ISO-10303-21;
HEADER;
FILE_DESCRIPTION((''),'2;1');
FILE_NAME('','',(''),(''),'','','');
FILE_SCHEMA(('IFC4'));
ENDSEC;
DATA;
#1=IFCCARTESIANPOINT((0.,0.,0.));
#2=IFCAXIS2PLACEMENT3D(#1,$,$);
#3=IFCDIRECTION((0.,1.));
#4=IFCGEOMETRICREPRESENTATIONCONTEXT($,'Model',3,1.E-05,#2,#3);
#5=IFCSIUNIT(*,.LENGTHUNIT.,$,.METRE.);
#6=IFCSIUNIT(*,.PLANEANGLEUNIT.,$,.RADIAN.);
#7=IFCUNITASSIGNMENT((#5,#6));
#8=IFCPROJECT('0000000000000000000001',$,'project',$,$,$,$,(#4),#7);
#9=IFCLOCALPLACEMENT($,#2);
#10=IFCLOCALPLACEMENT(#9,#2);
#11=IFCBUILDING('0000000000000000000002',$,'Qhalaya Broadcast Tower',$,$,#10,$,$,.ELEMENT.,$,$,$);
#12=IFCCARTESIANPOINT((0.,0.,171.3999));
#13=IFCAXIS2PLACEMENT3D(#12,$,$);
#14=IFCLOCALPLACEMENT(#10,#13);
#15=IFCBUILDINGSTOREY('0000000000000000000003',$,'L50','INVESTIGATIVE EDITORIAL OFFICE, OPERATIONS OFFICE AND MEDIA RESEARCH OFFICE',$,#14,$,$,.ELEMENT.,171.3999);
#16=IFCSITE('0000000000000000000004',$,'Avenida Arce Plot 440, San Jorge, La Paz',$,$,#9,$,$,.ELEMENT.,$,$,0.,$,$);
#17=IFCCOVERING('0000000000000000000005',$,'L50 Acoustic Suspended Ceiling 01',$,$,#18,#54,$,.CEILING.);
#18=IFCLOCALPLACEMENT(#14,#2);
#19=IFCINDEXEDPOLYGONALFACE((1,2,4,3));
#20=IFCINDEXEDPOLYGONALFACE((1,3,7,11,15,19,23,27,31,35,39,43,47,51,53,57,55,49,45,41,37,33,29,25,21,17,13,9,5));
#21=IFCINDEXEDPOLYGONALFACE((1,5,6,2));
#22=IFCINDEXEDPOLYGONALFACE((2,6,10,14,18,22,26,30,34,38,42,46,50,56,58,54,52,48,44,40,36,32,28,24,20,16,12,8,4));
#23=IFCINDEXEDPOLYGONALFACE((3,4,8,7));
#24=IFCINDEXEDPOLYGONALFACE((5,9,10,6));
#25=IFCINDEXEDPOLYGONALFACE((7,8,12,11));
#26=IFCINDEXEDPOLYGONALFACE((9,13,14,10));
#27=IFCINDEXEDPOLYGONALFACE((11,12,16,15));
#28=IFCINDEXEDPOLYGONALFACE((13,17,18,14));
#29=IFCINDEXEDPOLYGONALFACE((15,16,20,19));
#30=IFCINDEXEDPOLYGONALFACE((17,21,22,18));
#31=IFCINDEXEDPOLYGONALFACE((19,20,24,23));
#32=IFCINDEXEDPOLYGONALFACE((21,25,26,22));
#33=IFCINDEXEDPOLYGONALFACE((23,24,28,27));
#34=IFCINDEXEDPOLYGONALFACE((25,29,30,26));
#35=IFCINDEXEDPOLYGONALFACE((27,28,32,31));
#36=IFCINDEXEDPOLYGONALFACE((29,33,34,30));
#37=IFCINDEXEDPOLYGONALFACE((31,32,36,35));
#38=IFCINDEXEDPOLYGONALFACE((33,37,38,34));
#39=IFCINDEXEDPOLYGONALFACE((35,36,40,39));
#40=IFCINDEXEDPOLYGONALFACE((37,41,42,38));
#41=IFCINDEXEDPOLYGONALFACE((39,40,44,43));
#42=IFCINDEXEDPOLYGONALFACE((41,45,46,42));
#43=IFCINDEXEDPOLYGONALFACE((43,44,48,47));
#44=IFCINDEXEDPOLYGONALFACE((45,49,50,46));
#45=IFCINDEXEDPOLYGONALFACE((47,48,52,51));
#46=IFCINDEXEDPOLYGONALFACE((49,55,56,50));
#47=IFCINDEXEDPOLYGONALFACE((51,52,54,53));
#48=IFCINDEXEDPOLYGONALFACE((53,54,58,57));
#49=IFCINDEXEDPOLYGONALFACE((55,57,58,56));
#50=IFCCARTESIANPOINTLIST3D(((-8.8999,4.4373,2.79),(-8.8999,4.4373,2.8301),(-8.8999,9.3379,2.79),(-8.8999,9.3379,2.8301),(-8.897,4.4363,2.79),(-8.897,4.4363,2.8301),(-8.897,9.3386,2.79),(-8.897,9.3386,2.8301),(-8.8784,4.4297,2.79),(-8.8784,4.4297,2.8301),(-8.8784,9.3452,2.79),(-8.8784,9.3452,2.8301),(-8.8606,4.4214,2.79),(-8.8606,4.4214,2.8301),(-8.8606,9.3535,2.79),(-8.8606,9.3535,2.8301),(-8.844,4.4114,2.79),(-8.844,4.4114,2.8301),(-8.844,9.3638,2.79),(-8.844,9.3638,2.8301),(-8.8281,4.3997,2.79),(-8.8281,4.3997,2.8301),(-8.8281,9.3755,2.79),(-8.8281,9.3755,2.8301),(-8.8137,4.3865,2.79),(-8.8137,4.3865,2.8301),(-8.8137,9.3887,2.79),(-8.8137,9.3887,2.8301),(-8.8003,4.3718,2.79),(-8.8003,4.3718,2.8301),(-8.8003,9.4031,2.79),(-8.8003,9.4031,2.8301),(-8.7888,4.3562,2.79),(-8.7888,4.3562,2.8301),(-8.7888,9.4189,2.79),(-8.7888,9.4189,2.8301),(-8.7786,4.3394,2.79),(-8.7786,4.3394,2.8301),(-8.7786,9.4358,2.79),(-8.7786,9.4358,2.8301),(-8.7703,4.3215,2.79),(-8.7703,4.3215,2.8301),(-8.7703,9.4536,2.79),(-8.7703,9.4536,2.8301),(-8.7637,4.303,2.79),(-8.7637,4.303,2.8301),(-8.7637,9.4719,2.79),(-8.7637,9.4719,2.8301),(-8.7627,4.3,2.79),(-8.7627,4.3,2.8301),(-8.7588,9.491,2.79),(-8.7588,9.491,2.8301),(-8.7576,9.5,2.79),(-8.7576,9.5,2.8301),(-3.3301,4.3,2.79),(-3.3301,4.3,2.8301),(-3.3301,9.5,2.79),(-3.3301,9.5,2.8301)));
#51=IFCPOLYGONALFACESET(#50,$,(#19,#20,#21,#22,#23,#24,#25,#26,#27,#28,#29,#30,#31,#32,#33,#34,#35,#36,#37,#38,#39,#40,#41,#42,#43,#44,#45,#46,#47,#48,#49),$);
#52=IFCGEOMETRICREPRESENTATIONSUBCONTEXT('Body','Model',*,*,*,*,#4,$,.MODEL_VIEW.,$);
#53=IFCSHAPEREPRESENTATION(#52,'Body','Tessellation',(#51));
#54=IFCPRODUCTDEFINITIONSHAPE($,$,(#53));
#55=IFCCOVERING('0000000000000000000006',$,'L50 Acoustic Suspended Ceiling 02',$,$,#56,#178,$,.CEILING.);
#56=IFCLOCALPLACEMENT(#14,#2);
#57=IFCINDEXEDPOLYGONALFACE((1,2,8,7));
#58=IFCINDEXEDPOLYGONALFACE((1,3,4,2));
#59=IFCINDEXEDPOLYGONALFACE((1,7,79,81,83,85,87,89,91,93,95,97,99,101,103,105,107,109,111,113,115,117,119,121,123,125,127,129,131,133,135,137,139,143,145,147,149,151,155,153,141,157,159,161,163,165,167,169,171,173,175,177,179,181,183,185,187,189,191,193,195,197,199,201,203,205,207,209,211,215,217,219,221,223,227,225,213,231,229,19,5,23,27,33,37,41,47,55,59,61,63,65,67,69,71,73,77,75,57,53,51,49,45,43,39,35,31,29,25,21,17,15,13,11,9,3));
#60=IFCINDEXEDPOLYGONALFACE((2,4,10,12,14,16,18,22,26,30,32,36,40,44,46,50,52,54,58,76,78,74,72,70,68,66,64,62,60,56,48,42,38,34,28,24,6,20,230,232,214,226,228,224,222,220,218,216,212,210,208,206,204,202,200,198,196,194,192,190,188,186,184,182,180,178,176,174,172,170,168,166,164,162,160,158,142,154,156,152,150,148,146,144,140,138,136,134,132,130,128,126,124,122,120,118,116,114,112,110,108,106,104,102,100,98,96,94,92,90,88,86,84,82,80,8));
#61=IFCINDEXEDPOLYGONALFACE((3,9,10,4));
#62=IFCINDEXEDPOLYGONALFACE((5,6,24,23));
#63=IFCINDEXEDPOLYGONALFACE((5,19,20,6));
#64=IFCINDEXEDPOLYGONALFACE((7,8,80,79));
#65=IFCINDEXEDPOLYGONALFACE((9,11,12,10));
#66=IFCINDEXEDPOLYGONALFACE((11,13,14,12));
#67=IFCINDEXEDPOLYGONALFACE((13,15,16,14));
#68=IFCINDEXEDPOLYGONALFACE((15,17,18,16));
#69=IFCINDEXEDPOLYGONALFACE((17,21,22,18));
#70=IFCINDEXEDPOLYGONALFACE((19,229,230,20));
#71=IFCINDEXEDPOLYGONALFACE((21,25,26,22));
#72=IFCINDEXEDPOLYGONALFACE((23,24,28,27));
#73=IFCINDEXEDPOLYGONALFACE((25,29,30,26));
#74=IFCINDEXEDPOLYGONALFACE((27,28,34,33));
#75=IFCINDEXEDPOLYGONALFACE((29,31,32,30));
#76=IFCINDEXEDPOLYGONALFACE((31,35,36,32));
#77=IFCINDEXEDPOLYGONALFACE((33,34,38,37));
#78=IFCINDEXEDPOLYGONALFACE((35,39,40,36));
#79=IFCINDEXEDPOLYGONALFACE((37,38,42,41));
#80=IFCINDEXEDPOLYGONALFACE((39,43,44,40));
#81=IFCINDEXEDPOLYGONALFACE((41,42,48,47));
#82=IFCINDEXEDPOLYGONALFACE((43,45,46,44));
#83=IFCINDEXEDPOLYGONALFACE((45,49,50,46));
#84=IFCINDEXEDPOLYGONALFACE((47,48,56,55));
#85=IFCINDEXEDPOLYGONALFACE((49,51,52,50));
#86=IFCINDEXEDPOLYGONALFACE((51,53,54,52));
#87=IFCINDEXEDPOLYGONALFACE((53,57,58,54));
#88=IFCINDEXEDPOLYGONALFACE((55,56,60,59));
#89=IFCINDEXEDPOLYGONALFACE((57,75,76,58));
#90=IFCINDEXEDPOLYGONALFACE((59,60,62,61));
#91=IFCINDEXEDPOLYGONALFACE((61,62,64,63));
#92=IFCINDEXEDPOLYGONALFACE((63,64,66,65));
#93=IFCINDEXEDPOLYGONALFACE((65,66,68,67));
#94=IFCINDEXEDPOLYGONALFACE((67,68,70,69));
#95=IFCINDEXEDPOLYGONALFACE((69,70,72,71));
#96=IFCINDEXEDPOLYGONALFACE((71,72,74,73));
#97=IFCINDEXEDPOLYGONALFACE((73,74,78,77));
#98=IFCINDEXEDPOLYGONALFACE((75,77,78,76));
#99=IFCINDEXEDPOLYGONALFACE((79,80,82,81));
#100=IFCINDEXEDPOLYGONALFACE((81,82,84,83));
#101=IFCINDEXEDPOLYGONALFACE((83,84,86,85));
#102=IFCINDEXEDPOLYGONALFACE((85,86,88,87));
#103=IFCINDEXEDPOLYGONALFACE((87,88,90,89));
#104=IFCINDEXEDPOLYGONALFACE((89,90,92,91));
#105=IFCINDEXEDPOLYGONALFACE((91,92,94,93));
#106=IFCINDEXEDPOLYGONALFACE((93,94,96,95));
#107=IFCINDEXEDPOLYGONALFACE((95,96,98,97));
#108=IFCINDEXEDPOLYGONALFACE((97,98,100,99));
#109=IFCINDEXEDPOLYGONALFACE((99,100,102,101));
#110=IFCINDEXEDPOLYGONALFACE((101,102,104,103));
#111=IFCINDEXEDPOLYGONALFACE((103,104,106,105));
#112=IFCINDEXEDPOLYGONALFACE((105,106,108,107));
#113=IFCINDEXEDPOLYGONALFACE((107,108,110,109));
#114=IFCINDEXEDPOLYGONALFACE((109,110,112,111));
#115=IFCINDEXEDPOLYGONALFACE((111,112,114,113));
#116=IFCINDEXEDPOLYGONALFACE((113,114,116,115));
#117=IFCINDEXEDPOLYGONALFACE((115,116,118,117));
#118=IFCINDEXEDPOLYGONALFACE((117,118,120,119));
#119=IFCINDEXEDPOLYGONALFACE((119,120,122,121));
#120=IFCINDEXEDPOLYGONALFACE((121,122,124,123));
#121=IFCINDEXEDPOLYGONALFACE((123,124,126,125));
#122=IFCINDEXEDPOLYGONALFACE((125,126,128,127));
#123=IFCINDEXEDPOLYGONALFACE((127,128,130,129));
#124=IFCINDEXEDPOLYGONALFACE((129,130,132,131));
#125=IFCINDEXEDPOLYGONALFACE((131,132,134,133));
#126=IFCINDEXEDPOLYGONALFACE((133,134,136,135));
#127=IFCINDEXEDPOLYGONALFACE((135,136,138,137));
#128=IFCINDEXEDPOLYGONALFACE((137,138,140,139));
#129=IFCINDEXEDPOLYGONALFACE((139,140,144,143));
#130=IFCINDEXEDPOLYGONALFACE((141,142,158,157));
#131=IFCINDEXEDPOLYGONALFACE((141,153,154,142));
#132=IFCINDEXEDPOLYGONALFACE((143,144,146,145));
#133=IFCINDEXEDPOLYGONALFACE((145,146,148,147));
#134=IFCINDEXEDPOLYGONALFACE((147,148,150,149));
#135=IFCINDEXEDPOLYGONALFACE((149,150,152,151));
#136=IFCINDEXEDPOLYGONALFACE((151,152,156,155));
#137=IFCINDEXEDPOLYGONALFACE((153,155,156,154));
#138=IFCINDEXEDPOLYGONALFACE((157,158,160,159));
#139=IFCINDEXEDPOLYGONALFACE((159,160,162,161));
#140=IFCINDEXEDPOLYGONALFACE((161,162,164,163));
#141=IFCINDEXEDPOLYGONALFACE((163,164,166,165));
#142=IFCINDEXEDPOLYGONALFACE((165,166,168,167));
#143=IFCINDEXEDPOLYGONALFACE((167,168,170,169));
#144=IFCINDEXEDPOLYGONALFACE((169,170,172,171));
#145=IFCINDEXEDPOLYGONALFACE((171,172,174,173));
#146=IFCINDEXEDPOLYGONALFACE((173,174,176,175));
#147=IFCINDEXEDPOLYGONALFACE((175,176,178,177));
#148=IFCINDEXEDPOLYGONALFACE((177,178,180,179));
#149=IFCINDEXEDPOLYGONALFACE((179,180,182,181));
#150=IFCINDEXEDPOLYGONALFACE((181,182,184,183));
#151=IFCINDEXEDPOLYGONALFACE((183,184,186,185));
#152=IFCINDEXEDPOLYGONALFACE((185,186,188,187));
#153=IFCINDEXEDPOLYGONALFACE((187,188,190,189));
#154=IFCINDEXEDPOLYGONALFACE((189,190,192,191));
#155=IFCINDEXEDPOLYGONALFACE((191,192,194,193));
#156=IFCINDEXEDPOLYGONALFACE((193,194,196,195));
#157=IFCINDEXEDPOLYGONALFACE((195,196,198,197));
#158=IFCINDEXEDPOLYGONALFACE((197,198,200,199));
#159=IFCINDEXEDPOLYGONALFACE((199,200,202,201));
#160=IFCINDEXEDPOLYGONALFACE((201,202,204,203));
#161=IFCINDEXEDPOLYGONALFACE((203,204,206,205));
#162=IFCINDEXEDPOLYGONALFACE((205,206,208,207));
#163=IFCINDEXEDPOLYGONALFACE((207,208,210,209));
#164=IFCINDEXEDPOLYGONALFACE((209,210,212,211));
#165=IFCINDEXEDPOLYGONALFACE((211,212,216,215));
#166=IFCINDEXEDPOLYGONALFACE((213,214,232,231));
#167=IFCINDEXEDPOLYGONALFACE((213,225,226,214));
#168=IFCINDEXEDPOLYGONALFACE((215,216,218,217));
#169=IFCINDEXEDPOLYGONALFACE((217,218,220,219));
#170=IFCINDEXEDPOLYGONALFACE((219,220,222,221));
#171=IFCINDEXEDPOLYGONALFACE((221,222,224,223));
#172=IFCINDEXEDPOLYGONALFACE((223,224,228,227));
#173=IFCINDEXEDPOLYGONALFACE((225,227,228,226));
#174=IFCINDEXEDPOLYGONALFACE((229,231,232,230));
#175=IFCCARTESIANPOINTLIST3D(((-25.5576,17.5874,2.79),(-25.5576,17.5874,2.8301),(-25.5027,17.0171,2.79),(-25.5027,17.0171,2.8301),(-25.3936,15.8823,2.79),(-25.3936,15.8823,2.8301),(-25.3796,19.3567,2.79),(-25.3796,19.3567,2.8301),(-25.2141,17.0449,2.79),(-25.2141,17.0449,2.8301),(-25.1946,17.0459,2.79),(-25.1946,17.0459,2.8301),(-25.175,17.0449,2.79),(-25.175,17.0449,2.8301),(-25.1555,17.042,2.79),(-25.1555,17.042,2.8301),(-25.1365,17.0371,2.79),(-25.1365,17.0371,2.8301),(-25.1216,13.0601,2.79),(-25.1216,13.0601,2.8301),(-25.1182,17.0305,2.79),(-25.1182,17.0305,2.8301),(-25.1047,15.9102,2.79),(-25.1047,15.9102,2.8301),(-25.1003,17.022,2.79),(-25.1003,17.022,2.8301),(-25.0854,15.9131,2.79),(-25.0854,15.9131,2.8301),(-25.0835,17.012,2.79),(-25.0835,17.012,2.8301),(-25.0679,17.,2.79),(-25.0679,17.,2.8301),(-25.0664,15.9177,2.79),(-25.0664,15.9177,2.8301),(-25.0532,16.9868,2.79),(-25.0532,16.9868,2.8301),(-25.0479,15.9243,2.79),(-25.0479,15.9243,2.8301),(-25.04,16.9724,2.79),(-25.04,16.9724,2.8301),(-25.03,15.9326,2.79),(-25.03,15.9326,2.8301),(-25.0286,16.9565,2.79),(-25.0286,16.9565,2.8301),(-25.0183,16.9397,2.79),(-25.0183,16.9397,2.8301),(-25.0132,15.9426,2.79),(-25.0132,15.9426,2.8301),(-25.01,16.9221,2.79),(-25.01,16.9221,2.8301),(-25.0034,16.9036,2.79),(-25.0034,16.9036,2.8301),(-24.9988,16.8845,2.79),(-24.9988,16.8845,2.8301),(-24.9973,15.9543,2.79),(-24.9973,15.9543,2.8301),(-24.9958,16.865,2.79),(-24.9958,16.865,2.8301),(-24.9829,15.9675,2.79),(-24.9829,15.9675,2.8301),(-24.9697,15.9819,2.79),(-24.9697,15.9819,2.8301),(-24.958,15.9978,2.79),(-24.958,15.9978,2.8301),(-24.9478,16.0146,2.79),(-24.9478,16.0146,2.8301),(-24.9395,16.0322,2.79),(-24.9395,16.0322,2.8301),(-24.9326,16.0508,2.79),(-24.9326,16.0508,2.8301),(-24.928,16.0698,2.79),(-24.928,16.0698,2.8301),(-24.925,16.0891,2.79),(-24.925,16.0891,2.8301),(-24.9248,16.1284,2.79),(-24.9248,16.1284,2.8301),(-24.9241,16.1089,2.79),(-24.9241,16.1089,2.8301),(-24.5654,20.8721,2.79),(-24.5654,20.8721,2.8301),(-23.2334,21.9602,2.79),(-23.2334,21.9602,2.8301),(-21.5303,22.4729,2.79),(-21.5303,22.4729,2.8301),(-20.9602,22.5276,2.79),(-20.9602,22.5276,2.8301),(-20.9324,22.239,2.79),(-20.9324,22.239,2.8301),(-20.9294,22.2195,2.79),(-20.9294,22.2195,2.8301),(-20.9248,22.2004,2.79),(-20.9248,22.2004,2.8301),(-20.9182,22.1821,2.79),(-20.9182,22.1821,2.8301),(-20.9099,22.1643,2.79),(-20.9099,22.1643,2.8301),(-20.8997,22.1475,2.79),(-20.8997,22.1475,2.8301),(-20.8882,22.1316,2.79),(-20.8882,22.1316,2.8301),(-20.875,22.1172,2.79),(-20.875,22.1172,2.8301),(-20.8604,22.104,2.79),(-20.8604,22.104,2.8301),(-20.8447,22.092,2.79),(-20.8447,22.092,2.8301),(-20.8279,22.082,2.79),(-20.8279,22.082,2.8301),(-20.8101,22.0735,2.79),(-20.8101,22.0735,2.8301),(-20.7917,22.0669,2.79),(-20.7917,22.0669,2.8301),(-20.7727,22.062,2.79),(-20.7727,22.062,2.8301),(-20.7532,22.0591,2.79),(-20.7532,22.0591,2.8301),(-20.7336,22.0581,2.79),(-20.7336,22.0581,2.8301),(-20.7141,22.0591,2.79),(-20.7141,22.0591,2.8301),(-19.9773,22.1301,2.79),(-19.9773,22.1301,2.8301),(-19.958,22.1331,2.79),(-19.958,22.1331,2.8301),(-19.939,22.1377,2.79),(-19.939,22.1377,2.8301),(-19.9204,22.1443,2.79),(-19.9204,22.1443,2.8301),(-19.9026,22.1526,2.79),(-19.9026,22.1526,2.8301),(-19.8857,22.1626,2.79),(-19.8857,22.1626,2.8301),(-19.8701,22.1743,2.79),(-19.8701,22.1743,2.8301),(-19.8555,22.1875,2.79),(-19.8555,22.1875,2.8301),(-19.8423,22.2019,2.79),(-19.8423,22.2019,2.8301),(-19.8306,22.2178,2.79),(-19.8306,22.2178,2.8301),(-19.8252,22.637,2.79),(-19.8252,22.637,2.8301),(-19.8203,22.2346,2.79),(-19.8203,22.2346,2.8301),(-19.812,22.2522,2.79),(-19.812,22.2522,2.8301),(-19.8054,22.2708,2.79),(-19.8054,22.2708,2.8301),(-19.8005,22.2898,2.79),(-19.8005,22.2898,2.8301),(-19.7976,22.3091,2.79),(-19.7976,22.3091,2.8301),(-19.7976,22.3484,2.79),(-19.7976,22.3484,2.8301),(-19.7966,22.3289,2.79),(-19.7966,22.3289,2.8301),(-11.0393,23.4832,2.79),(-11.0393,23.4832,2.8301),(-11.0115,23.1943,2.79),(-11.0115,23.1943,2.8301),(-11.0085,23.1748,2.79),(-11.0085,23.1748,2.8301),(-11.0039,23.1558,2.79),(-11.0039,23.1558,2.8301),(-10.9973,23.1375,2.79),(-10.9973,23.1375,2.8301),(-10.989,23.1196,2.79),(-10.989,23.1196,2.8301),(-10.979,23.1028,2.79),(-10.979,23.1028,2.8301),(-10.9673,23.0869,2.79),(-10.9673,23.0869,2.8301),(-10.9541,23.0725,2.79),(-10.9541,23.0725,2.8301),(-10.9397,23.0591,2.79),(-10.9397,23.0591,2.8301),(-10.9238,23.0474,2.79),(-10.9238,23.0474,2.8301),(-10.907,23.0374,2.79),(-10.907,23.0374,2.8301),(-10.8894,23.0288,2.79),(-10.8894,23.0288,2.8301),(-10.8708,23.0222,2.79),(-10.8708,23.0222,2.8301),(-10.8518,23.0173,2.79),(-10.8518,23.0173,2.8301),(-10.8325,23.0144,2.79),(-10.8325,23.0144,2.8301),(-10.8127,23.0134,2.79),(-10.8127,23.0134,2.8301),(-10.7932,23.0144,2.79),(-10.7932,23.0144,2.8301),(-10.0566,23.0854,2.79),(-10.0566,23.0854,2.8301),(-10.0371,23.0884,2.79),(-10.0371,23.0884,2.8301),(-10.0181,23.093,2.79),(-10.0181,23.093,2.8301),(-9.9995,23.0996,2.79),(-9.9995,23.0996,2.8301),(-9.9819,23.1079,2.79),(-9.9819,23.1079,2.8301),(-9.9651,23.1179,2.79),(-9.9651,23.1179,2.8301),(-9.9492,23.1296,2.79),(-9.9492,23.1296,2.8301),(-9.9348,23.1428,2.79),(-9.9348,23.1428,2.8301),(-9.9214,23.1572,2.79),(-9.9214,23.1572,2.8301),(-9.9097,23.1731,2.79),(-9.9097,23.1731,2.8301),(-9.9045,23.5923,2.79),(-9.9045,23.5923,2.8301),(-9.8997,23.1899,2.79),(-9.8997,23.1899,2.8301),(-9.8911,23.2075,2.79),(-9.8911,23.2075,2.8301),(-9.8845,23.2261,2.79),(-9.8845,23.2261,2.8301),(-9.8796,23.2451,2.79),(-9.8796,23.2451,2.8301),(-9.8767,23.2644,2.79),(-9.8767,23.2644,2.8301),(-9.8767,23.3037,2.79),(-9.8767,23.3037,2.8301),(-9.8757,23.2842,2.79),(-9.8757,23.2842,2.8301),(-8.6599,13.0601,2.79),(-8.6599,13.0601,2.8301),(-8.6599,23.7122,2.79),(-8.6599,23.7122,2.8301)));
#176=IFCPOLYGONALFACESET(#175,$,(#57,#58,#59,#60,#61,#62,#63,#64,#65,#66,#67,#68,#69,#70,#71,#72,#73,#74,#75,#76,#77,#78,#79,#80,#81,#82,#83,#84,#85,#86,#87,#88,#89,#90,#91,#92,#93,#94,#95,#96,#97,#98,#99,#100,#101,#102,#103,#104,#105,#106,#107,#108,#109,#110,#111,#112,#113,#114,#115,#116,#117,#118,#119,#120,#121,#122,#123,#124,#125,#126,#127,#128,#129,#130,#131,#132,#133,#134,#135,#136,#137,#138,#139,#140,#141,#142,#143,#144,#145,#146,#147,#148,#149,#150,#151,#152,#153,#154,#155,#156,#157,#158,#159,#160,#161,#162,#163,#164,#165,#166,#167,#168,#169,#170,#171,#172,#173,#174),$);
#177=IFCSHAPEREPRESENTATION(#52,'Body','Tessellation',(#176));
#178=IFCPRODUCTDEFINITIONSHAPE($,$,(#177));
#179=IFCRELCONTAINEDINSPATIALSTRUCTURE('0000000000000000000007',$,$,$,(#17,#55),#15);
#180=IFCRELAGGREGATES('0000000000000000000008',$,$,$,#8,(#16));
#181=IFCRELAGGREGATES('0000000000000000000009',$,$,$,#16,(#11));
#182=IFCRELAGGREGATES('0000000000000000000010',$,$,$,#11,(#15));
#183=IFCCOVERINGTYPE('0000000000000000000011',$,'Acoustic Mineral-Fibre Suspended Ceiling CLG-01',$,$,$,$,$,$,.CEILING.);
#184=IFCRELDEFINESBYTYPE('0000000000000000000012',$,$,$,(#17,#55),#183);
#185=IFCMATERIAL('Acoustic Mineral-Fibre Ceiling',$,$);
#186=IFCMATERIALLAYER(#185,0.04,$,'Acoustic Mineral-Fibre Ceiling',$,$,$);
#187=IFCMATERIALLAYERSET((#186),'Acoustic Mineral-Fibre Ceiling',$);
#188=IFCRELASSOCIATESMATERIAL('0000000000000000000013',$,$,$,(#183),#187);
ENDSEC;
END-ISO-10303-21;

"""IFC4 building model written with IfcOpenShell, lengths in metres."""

from ifc_helpers import new_model, si_unit, direction, frame, origin, place, context, subcontext, project, spatial, polyline, outline, extrude, material, layer, layer_set, type_object, element, save


model = new_model("IFC4")

# Units and contexts
model_context = context("Model", 3, precision=1e-05, world=origin(), true_north=direction((0.0, 1.0)))
body_context = subcontext(model_context, "Body", "Model", "MODEL_VIEW")
ifc_project = project(units=[si_unit("LENGTHUNIT", "METRE"), si_unit("PLANEANGLEUNIT", "RADIAN")], contexts=[model_context])

# Site, building, storey
site_placement = place(None, origin())
site = spatial("IfcSite", under=ifc_project, at=site_placement, Name="Avenida Arce Plot 440, San Jorge, La Paz", CompositionType="ELEMENT", RefElevation=0.0)
building_placement = place(site_placement, origin())
building = spatial("IfcBuilding", under=site, at=building_placement, Name="Qhalaya Broadcast Tower", CompositionType="ELEMENT")
storey_placement = place(building_placement, frame((0.0, 0.0, 171.3999)))
storey = spatial("IfcBuildingStorey", under=building, at=storey_placement, Name="L50", Description="INVESTIGATIVE EDITORIAL OFFICE, OPERATIONS OFFICE AND MEDIA RESEARCH OFFICE", CompositionType="ELEMENT", Elevation=171.3999)

# Coverings
ifc_material_1 = material(Name="Acoustic Mineral-Fibre Ceiling")
ifc_layer_1 = layer(ifc_material_1, 0.04, Name="Acoustic Mineral-Fibre Ceiling")
ifc_layer_set_1 = layer_set([ifc_layer_1], Name="Acoustic Mineral-Fibre Ceiling")
covering_type = type_object("IfcCoveringType", Name="Acoustic Mineral-Fibre Suspended Ceiling CLG-01", PredefinedType="CEILING", material=ifc_layer_set_1)
covering_1_placement = place(storey_placement, frame((0.0, 0.0, 2.79)))
element("IfcCovering", 1, at=covering_1_placement, inside=storey, type_object=covering_type, Name="L50 Acoustic Suspended Ceiling 01", PredefinedType="CEILING", context=body_context, shape_type="SweptSolid", body=[
    extrude(outline(polyline([(-8.897, 9.3386), (-8.8999, 9.3379), (-8.8999, 4.4373), (-8.897, 4.4363), (-8.8784, 4.4297), (-8.8606, 4.4214), (-8.844, 4.4114), (-8.8281, 4.3997), (-8.8137, 4.3865), (-8.8003, 4.3718), (-8.7888, 4.3562), (-8.7786, 4.3394), (-8.7703, 4.3215), (-8.7637, 4.303), (-8.7627, 4.3), (-3.3301, 4.3), (-3.3301, 9.5), (-8.7576, 9.5), (-8.7588, 9.491), (-8.7637, 9.4719), (-8.7703, 9.4536), (-8.7786, 9.4358), (-8.7888, 9.4189), (-8.8003, 9.4031), (-8.8137, 9.3887), (-8.8281, 9.3755), (-8.844, 9.3638), (-8.8606, 9.3535), (-8.8784, 9.3452), (-8.897, 9.3386)])), origin(), (0.0, 0.0, 1.0), 0.04),
])
covering_2_placement = place(storey_placement, frame((0.0, 0.0, 2.79)))
element("IfcCovering", 2, at=covering_2_placement, inside=storey, type_object=covering_type, Name="L50 Acoustic Suspended Ceiling 02", PredefinedType="CEILING", context=body_context, shape_type="SweptSolid", body=[
    extrude(outline(polyline([(-25.3936, 15.8823), (-25.1216, 13.0601), (-8.6599, 13.0601), (-8.6599, 23.7122), (-9.9045, 23.5923), (-9.8767, 23.3037), (-9.8757, 23.2842), (-9.8767, 23.2644), (-9.8796, 23.2451), (-9.8845, 23.2261), (-9.8911, 23.2075), (-9.8997, 23.1899), (-9.9097, 23.1731), (-9.9214, 23.1572), (-9.9348, 23.1428), (-9.9492, 23.1296), (-9.9651, 23.1179), (-9.9819, 23.1079), (-9.9995, 23.0996), (-10.0181, 23.093), (-10.0371, 23.0884), (-10.0566, 23.0854), (-10.7932, 23.0144), (-10.8127, 23.0134), (-10.8325, 23.0144), (-10.8518, 23.0173), (-10.8708, 23.0222), (-10.8894, 23.0288), (-10.907, 23.0374), (-10.9238, 23.0474), (-10.9397, 23.0591), (-10.9541, 23.0725), (-10.9673, 23.0869), (-10.979, 23.1028), (-10.989, 23.1196), (-10.9973, 23.1375), (-11.0039, 23.1558), (-11.0085, 23.1748), (-11.0115, 23.1943), (-11.0393, 23.4832), (-19.8252, 22.637), (-19.7976, 22.3484), (-19.7966, 22.3289), (-19.7976, 22.3091), (-19.8005, 22.2898), (-19.8054, 22.2708), (-19.812, 22.2522), (-19.8203, 22.2346), (-19.8306, 22.2178), (-19.8423, 22.2019), (-19.8555, 22.1875), (-19.8701, 22.1743), (-19.8857, 22.1626), (-19.9026, 22.1526), (-19.9204, 22.1443), (-19.939, 22.1377), (-19.958, 22.1331), (-19.9773, 22.1301), (-20.7141, 22.0591), (-20.7336, 22.0581), (-20.7532, 22.0591), (-20.7727, 22.062), (-20.7917, 22.0669), (-20.8101, 22.0735), (-20.8279, 22.082), (-20.8447, 22.092), (-20.8604, 22.104), (-20.875, 22.1172), (-20.8882, 22.1316), (-20.8997, 22.1475), (-20.9099, 22.1643), (-20.9182, 22.1821), (-20.9248, 22.2004), (-20.9294, 22.2195), (-20.9324, 22.239), (-20.9602, 22.5276), (-21.5303, 22.4729), (-23.2334, 21.9602), (-24.5654, 20.8721), (-25.3796, 19.3567), (-25.5576, 17.5874), (-25.5027, 17.0171), (-25.2141, 17.0449), (-25.1946, 17.0459), (-25.175, 17.0449), (-25.1555, 17.042), (-25.1365, 17.0371), (-25.1182, 17.0305), (-25.1003, 17.022), (-25.0835, 17.012), (-25.0679, 17.0), (-25.0532, 16.9868), (-25.04, 16.9724), (-25.0286, 16.9565), (-25.0183, 16.9397), (-25.01, 16.9221), (-25.0034, 16.9036), (-24.9988, 16.8845), (-24.9958, 16.865), (-24.9248, 16.1284), (-24.9241, 16.1089), (-24.925, 16.0891), (-24.928, 16.0698), (-24.9326, 16.0508), (-24.9395, 16.0322), (-24.9478, 16.0146), (-24.958, 15.9978), (-24.9697, 15.9819), (-24.9829, 15.9675), (-24.9973, 15.9543), (-25.0132, 15.9426), (-25.03, 15.9326), (-25.0479, 15.9243), (-25.0664, 15.9177), (-25.0854, 15.9131), (-25.1047, 15.9102), (-25.3936, 15.8823)])), origin(), (0.0, 0.0, 1.0), 0.04),
])

save(model, "model.ifc")
